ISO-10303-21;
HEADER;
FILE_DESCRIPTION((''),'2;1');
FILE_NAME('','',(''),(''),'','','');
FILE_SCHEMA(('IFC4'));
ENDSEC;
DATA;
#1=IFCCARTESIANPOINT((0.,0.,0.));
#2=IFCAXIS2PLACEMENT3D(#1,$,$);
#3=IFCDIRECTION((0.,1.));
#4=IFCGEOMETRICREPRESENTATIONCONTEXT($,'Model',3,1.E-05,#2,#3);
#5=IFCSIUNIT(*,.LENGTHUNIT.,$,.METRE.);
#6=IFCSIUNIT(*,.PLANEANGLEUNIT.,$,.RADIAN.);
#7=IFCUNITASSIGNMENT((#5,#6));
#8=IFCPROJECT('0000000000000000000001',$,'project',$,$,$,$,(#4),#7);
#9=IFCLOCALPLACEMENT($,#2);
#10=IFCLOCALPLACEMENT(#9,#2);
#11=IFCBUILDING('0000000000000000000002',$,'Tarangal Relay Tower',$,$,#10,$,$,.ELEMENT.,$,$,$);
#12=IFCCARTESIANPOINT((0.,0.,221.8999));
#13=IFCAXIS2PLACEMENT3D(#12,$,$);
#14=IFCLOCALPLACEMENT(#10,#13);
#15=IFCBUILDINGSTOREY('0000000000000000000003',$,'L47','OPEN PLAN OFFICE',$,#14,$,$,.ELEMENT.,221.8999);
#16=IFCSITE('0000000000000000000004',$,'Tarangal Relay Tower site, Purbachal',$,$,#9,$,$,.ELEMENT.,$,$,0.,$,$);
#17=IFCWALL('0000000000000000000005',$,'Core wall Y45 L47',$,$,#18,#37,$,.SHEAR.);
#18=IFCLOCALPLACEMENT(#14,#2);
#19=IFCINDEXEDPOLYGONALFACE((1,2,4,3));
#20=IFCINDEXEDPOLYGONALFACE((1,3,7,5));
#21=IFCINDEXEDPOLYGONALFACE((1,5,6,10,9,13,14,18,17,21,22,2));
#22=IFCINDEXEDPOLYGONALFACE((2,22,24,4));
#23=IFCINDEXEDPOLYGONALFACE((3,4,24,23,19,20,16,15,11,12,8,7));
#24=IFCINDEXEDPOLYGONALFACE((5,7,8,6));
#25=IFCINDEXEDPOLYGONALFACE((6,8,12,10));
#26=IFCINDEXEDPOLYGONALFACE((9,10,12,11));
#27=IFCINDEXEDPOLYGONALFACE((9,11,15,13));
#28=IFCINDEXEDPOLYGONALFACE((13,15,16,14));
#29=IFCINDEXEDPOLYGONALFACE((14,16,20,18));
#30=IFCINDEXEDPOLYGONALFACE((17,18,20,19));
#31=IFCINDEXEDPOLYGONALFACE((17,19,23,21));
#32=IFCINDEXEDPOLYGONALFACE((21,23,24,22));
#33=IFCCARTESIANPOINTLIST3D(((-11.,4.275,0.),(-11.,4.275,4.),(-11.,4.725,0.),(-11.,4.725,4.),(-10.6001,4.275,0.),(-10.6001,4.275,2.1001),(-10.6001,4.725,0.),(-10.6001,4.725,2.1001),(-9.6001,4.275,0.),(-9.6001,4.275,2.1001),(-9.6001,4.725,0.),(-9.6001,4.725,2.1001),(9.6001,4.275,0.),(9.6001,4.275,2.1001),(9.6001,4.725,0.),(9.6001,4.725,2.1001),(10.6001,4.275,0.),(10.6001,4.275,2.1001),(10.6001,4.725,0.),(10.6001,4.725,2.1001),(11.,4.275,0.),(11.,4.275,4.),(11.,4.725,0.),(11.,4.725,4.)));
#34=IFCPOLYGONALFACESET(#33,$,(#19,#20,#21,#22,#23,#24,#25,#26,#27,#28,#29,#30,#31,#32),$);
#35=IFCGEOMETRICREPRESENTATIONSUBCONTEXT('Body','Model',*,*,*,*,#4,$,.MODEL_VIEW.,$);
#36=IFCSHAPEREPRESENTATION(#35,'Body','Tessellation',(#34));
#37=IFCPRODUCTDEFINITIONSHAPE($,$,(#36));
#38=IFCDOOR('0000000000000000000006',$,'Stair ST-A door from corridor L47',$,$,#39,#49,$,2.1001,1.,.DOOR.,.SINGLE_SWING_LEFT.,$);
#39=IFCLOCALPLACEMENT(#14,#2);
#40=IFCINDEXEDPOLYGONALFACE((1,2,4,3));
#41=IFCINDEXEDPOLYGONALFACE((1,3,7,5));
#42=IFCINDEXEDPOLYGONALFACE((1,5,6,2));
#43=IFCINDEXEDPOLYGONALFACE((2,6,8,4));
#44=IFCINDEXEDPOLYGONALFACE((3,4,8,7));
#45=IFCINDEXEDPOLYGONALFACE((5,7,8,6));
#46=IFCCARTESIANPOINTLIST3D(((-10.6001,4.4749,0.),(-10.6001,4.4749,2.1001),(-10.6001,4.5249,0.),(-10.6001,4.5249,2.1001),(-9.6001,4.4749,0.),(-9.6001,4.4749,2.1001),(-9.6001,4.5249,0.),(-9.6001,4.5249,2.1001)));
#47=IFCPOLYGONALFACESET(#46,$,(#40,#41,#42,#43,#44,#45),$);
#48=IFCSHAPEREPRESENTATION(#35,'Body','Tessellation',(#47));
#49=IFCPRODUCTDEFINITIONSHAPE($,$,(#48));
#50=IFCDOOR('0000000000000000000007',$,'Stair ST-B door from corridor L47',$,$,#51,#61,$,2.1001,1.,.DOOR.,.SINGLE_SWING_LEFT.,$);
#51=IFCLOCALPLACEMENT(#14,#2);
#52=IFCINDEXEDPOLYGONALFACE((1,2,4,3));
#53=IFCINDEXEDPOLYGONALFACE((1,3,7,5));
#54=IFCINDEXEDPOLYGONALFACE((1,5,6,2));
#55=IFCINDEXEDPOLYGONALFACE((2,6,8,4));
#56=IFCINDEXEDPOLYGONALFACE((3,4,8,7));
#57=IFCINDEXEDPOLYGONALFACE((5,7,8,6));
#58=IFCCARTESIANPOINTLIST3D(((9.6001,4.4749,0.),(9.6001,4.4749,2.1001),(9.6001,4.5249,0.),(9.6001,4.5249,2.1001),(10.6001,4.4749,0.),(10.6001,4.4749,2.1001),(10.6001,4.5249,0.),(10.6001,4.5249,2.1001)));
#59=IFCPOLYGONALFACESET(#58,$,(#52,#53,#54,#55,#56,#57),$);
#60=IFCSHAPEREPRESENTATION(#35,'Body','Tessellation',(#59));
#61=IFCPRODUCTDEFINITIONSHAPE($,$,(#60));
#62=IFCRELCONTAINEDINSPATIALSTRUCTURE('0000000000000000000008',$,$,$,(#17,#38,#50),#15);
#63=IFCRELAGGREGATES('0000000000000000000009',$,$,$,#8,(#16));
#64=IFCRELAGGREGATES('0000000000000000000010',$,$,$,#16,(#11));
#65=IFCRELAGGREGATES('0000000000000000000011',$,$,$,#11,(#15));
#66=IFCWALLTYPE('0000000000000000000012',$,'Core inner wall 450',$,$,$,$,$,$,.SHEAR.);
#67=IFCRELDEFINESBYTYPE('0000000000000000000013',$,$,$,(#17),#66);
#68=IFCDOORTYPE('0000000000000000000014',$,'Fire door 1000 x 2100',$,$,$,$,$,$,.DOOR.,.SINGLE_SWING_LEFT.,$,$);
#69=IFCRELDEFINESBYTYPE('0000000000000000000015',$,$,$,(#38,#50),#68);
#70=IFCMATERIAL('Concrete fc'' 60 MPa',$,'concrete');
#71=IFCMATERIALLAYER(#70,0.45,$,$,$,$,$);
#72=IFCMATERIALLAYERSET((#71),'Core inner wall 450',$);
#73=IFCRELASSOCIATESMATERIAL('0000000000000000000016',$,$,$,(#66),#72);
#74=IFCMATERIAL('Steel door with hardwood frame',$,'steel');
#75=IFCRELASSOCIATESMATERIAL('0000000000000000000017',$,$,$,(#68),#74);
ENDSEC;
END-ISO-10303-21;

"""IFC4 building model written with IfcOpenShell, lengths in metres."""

from ifc_helpers import new_model, si_unit, direction, frame, frame_2d, origin, place, context, subcontext, project, spatial, rectangle, extrude, material, layer, layer_set, type_object, element, fill, save


model = new_model("IFC4")

# Units and contexts
model_context = context("Model", 3, precision=1e-05, world=origin(), true_north=direction((0.0, 1.0)))
body_context = subcontext(model_context, "Body", "Model", "MODEL_VIEW")
ifc_project = project(units=[si_unit("LENGTHUNIT", "METRE"), si_unit("PLANEANGLEUNIT", "RADIAN")], contexts=[model_context])

# Site, building, storey
site_placement = place(None, origin())
site = spatial("IfcSite", under=ifc_project, at=site_placement, Name="Tarangal Relay Tower site, Purbachal", CompositionType="ELEMENT", RefElevation=0.0)
building_placement = place(site_placement, origin())
building = spatial("IfcBuilding", under=site, at=building_placement, Name="Tarangal Relay Tower", CompositionType="ELEMENT")
storey_placement = place(building_placement, frame((0.0, 0.0, 221.8999)))
storey = spatial("IfcBuildingStorey", under=building, at=storey_placement, Name="L47", Description="OPEN PLAN OFFICE", CompositionType="ELEMENT", Elevation=221.8999)

# Wall, openings, doors
ifc_material_1 = material(Name="Concrete fc' 60 MPa", Category="concrete")
ifc_layer = layer(ifc_material_1, 0.45)
ifc_layer_set = layer_set([ifc_layer], Name="Core inner wall 450")
wall_type = type_object("IfcWallType", Name="Core inner wall 450", PredefinedType="SHEAR", material=ifc_layer_set)
wall_1_placement = place(storey_placement, frame((-11.0, 4.5, 0.0), z_axis=(0.0, 0.0, 1.0), x_axis=(1.0, 0.0, 0.0)))
wall_1 = element("IfcWall", 1, at=wall_1_placement, inside=storey, type_object=wall_type, Name="Core wall Y45 L47", PredefinedType="SHEAR", context=body_context, shape_type="SweptSolid", body=[
    extrude(rectangle(XDim=22.0, YDim=0.45, at=frame_2d((11.0, 0.0))), origin(), (0.0, 0.0, 1.0), 4.0),
])
opening_1_placement = place(wall_1_placement, frame((0.3999, 0.0, 0.0)))
opening_1 = element("IfcOpeningElement", 2, at=opening_1_placement, cuts=wall_1, PredefinedType="OPENING", context=body_context, shape_type="SweptSolid", body=[
    extrude(rectangle(XDim=1.0, YDim=2.1001, at=frame_2d((0.5, 1.05))), frame((0.0, 0.2349, 0.0), z_axis=(0.0, -1.0, 0.0), x_axis=(1.0, 0.0, 0.0)), (0.0, 0.0, 1.0), 0.47),
])
opening_2_placement = place(wall_1_placement, frame((20.6001, 0.0, 0.0)))
opening_2 = element("IfcOpeningElement", 3, at=opening_2_placement, cuts=wall_1, PredefinedType="OPENING", context=body_context, shape_type="SweptSolid", body=[
    extrude(rectangle(XDim=1.0, YDim=2.1001, at=frame_2d((0.5, 1.05))), frame((0.0, 0.2349, 0.0), z_axis=(0.0, -1.0, 0.0), x_axis=(1.0, 0.0, 0.0)), (0.0, 0.0, 1.0), 0.47),
])
ifc_material_2 = material(Name="Steel door with hardwood frame", Category="steel")
door_type_1 = type_object("IfcDoorType", Name="Fire door 1000 x 2100", OperationType="SINGLE_SWING_LEFT", PredefinedType="DOOR", material=ifc_material_2)
door_1_placement = place(opening_1_placement, origin())
door_1 = element("IfcDoor", 4, at=door_1_placement, inside=storey, type_object=door_type_1, Name="Stair ST-A door from corridor L47", OperationType="SINGLE_SWING_LEFT", OverallHeight=2.1001, OverallWidth=1.0, PredefinedType="DOOR", context=body_context, shape_type="SweptSolid", body=[
    extrude(rectangle(XDim=1.0, YDim=2.1001, at=frame_2d((0.5, 1.05))), frame((0.0, 0.0249, 0.0), z_axis=(0.0, -1.0, 0.0), x_axis=(1.0, 0.0, 0.0)), (0.0, 0.0, 1.0), 0.05),
])
fill(opening_1, door_1)
door_2_placement = place(opening_2_placement, origin())
door_2 = element("IfcDoor", 5, at=door_2_placement, inside=storey, type_object=door_type_1, Name="Stair ST-B door from corridor L47", OperationType="SINGLE_SWING_LEFT", OverallHeight=2.1001, OverallWidth=1.0, PredefinedType="DOOR", context=body_context, shape_type="SweptSolid", body=[
    extrude(rectangle(XDim=1.0, YDim=2.1001, at=frame_2d((0.5, 1.05))), frame((0.0, 0.0249, 0.0), z_axis=(0.0, -1.0, 0.0), x_axis=(1.0, 0.0, 0.0)), (0.0, 0.0, 1.0), 0.05),
])
fill(opening_2, door_2)

save(model, "model.ifc")
